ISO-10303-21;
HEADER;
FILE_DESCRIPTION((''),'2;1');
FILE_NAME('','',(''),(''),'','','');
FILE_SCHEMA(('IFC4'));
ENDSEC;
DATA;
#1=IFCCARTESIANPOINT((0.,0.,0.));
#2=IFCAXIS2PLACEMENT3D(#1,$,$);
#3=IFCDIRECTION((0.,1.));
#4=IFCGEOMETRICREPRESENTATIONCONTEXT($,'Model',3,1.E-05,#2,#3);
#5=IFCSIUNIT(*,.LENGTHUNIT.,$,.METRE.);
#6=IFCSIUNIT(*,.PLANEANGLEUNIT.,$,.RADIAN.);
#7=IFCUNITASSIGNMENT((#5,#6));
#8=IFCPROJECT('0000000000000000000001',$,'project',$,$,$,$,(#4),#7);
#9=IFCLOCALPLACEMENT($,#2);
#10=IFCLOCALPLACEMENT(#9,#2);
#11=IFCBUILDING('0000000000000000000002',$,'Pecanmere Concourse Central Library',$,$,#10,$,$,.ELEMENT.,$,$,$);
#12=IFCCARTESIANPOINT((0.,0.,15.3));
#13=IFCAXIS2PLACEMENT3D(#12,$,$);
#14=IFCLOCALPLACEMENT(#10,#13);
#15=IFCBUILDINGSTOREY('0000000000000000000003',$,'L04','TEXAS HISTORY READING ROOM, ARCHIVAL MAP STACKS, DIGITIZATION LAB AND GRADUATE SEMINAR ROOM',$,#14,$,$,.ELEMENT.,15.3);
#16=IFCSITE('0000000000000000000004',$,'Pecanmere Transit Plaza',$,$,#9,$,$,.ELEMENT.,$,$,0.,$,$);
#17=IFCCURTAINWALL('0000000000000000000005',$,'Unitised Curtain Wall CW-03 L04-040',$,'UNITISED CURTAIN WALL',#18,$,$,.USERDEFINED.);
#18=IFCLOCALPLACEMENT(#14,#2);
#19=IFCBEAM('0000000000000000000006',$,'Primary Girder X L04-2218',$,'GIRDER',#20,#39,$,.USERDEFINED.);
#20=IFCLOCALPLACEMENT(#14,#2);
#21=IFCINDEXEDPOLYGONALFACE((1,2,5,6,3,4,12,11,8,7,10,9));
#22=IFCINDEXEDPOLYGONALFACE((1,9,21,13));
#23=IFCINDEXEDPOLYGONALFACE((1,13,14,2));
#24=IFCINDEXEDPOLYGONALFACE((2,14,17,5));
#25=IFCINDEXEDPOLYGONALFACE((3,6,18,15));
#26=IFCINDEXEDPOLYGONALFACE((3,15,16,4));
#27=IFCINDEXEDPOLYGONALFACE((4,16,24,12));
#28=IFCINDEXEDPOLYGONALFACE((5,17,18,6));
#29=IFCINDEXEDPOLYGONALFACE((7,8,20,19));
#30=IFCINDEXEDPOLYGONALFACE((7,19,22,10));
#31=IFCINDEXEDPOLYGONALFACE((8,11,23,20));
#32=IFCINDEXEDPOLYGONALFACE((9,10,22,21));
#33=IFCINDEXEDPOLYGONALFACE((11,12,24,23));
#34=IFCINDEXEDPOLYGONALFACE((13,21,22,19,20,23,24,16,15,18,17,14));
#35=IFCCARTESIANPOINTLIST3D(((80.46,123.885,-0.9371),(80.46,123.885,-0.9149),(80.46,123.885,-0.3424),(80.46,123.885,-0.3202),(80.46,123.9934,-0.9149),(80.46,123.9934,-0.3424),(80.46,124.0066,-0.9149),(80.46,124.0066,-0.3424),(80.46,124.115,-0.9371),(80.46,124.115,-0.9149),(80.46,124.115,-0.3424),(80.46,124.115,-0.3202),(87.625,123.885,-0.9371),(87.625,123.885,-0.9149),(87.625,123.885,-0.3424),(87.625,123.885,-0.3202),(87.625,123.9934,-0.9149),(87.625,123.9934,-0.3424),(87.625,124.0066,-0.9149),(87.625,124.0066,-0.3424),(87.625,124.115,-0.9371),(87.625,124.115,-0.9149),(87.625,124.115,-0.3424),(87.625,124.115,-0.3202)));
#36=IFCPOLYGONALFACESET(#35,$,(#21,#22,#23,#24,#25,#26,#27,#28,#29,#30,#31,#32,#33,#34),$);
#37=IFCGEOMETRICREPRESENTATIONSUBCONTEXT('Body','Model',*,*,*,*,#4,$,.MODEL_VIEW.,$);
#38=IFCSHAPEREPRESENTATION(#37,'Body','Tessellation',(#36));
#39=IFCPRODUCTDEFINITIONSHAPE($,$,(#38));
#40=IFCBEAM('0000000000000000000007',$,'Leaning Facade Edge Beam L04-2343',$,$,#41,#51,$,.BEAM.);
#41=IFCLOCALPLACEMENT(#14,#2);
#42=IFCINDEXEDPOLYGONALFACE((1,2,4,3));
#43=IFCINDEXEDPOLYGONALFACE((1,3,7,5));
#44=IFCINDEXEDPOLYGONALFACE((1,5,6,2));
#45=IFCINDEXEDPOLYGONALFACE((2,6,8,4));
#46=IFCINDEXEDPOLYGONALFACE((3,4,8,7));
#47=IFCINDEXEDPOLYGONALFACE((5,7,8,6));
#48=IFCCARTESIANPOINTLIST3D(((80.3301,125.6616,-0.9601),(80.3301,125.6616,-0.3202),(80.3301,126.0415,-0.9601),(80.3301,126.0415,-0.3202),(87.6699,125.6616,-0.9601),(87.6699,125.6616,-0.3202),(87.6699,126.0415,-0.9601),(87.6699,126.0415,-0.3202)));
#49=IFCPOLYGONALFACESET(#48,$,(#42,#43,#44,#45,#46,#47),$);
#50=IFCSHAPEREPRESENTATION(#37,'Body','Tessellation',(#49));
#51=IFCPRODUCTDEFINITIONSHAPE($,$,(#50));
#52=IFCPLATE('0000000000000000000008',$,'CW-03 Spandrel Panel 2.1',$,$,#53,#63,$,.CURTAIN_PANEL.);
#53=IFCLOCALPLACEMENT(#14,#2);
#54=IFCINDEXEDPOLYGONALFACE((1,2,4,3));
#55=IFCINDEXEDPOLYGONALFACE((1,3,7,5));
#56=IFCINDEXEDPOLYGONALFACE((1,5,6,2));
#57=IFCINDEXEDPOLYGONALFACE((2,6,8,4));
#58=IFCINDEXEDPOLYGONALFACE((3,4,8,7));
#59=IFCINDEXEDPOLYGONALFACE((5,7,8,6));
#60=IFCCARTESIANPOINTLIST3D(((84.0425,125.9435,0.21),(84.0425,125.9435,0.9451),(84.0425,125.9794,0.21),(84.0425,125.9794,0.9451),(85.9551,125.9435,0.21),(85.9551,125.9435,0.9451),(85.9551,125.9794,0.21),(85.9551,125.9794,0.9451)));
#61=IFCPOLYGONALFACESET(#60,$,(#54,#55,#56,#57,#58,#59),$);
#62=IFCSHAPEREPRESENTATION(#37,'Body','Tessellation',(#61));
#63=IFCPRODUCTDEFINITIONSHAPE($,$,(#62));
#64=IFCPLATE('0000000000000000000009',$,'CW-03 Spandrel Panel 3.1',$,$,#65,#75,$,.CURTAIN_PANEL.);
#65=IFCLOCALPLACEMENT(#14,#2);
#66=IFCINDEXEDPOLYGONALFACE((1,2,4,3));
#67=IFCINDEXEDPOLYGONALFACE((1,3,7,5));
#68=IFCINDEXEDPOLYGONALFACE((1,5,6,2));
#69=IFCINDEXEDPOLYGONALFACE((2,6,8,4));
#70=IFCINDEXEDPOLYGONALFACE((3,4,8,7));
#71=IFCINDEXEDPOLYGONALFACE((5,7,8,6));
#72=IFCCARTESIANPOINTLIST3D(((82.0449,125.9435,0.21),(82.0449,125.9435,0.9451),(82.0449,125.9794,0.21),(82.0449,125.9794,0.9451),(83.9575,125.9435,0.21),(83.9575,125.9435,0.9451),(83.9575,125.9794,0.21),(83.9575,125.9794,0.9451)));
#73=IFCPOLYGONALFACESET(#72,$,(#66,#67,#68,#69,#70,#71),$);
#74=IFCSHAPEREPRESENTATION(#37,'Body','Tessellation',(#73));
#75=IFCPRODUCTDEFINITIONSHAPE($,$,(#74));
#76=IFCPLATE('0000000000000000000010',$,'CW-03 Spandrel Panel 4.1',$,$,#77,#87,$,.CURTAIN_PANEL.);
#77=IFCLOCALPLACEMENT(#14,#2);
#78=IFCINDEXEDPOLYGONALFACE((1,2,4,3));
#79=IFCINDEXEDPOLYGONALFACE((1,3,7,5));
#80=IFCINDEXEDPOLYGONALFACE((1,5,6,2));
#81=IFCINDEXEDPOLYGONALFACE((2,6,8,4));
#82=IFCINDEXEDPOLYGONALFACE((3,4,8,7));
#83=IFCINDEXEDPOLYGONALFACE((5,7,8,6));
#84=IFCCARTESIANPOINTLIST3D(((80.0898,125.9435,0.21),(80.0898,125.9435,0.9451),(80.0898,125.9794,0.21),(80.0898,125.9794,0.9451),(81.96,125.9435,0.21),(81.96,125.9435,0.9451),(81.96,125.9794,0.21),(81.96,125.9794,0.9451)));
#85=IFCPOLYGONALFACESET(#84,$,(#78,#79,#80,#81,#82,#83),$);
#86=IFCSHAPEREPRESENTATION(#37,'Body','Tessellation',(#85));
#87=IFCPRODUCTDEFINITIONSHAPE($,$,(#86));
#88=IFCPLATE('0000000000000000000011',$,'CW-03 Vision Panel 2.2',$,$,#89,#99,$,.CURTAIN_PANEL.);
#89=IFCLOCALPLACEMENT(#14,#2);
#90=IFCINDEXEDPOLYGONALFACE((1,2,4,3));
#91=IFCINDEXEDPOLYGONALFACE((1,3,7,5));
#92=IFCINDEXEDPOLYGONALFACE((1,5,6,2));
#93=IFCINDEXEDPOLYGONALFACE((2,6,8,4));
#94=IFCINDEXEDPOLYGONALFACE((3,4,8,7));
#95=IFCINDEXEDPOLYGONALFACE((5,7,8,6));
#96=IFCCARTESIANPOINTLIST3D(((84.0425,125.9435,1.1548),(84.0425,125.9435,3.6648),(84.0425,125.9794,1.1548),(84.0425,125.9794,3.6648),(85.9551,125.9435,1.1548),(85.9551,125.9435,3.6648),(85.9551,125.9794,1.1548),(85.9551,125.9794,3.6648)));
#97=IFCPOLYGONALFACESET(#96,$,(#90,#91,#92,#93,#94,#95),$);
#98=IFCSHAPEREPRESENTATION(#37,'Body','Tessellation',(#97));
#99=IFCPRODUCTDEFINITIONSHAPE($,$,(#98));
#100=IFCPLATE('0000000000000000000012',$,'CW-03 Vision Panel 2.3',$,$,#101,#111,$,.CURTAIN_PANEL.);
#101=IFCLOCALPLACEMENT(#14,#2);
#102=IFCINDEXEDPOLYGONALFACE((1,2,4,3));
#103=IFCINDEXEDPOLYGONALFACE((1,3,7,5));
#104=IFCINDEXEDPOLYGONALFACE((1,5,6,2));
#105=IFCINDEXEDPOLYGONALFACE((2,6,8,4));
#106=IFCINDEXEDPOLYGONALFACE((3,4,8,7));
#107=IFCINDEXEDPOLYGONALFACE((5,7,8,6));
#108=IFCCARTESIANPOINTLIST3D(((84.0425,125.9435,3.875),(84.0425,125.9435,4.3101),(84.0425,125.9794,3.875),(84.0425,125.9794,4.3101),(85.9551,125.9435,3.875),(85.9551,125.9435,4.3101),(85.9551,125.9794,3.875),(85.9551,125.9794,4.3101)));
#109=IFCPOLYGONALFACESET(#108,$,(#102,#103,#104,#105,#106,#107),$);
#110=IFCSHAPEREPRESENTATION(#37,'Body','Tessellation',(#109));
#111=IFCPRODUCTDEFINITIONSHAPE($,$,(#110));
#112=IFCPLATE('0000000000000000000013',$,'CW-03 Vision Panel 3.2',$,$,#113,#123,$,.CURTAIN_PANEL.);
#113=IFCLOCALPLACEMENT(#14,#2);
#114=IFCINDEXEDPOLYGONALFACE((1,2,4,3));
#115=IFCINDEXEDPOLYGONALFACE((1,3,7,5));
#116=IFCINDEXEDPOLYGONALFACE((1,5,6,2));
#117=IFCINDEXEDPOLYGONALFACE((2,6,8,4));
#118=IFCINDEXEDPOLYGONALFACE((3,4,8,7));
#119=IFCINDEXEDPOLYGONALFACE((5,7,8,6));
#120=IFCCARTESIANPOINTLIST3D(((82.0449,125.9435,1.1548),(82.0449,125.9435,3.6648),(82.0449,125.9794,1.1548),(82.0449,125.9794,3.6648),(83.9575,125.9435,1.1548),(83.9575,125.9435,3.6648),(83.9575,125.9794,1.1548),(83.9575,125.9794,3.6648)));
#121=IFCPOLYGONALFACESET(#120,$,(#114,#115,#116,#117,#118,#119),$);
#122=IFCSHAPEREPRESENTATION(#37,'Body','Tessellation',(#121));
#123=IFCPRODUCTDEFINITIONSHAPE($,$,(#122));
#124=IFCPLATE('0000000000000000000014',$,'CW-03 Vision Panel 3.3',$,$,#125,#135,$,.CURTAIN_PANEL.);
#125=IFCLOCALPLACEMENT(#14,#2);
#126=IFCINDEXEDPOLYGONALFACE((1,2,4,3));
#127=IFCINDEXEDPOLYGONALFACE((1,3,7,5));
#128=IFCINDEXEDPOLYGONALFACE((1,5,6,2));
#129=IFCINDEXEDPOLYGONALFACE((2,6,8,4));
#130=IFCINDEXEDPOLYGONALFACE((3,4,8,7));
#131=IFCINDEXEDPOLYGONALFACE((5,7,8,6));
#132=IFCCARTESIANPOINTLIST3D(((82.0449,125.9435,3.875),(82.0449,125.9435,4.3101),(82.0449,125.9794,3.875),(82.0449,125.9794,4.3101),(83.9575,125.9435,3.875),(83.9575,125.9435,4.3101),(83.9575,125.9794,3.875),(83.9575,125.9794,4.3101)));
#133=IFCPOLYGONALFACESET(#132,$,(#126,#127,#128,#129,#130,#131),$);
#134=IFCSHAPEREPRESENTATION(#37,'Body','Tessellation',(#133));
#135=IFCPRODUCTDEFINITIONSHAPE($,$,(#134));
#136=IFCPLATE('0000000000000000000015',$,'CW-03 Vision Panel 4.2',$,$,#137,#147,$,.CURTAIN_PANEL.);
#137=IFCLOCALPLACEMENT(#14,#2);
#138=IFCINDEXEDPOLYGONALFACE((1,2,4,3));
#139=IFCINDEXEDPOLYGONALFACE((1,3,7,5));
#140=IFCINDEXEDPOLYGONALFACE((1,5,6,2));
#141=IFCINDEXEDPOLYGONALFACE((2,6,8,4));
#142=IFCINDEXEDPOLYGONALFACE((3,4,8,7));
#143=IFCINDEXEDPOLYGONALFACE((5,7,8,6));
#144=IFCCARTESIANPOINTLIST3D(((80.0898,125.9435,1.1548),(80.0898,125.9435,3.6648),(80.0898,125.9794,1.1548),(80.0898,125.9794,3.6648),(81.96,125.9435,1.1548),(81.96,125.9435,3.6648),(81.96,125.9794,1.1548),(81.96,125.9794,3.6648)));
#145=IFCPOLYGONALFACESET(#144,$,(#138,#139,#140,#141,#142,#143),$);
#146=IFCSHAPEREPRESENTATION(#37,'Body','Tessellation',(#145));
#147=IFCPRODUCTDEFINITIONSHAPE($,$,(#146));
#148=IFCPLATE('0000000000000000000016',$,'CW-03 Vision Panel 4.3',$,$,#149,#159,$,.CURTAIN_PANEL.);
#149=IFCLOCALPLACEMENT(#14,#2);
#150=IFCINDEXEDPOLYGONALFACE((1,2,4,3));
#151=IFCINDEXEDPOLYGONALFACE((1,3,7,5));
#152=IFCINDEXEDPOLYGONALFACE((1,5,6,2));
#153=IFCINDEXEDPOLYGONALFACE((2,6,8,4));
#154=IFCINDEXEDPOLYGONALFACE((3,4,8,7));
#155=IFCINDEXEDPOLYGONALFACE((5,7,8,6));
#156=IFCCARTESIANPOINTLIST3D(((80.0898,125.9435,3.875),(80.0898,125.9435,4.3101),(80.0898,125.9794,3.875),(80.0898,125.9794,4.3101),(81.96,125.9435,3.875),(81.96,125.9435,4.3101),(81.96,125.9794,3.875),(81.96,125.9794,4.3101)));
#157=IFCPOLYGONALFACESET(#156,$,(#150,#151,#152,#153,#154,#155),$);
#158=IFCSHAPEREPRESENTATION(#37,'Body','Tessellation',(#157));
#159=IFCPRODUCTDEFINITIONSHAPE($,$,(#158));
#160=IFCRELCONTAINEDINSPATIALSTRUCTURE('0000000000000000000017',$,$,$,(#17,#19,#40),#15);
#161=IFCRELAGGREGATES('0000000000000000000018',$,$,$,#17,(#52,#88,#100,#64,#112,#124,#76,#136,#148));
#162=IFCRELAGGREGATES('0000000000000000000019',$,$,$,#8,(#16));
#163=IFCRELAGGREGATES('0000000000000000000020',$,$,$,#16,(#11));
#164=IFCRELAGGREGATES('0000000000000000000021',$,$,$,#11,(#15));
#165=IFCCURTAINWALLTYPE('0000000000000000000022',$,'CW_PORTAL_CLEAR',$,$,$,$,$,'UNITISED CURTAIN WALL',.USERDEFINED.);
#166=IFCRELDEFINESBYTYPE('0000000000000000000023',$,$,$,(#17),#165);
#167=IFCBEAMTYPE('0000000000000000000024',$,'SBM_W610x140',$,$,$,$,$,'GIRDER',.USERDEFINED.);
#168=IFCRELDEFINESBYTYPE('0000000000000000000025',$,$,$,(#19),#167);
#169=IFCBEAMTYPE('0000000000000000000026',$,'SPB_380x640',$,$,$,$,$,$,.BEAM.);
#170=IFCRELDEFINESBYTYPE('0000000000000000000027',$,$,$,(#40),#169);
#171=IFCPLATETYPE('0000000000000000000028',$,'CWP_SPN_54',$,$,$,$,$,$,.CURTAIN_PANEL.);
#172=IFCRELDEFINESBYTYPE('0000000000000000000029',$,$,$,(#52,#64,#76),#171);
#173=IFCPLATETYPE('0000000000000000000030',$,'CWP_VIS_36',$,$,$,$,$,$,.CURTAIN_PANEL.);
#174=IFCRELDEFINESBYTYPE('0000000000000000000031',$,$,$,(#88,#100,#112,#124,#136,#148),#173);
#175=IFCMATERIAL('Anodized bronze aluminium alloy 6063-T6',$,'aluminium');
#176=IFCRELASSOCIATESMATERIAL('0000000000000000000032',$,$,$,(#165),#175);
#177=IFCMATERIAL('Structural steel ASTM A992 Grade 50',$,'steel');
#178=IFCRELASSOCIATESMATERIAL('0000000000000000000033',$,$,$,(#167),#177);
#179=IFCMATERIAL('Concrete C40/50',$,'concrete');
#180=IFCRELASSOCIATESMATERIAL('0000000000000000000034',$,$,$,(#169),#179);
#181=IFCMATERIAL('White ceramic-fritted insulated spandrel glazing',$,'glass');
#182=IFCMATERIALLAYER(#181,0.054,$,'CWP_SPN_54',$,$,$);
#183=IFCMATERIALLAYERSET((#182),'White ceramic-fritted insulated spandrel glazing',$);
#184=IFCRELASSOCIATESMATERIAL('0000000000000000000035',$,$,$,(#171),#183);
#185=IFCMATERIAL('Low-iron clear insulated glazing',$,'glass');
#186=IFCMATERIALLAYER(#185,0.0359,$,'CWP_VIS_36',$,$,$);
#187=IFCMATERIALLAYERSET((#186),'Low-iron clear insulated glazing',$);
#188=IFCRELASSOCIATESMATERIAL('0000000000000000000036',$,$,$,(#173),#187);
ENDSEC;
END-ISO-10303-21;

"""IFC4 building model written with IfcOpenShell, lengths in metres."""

from ifc_helpers import new_model, si_unit, direction, frame, origin, origin_2d, place, context, subcontext, project, spatial, rectangle, i_section, extrude, material, layer, layer_set, material_profile, profile_set, type_object, element, aggregate, save


model = new_model("IFC4")

# Units and contexts
model_context = context("Model", 3, precision=1e-05, world=origin(), true_north=direction((0.0, 1.0)))
body_context = subcontext(model_context, "Body", "Model", "MODEL_VIEW")
ifc_project = project(units=[si_unit("LENGTHUNIT", "METRE"), si_unit("PLANEANGLEUNIT", "RADIAN")], contexts=[model_context])

# Site, building, storey
site_placement = place(None, origin())
site = spatial("IfcSite", under=ifc_project, at=site_placement, Name="Pecanmere Transit Plaza", CompositionType="ELEMENT", RefElevation=0.0)
building_placement = place(site_placement, origin())
building = spatial("IfcBuilding", under=site, at=building_placement, Name="Pecanmere Concourse Central Library", CompositionType="ELEMENT")
storey_placement = place(building_placement, frame((0.0, 0.0, 15.3)))
storey = spatial("IfcBuildingStorey", under=building, at=storey_placement, Name="L04", Description="TEXAS HISTORY READING ROOM, ARCHIVAL MAP STACKS, DIGITIZATION LAB AND GRADUATE SEMINAR ROOM", CompositionType="ELEMENT", Elevation=15.3)

# Curtain wall
ifc_material_1 = material(Name="Anodized bronze aluminium alloy 6063-T6", Category="aluminium")
curtain_wall_type = type_object("IfcCurtainWallType", Name="CW_PORTAL_CLEAR", ElementType="UNITISED CURTAIN WALL", PredefinedType="USERDEFINED", material=ifc_material_1)
curtain_wall_placement = place(storey_placement, origin())
curtain_wall = element("IfcCurtainWall", 1, at=curtain_wall_placement, inside=storey, type_object=curtain_wall_type, Name="Unitised Curtain Wall CW-03 L04-040", ObjectType="UNITISED CURTAIN WALL", PredefinedType="USERDEFINED")

# Beams
ifc_material_2 = material(Name="Structural steel ASTM A992 Grade 50", Category="steel")
ifc_material_profile_1 = material_profile(ifc_material_2, i_section(OverallWidth=0.23, OverallDepth=0.6169, WebThickness=0.0132, FlangeThickness=0.0222, at=origin_2d()), Name="W610x140")
ifc_profile_set_1 = profile_set([ifc_material_profile_1], Name="Structural steel ASTM A992 Grade 50")
beam_type_1 = type_object("IfcBeamType", Name="SBM_W610x140", ElementType="GIRDER", PredefinedType="USERDEFINED", material=ifc_profile_set_1)
beam_1_placement = place(storey_placement, frame((80.46, 124.0, -0.6287), z_axis=(1.0, 0.0, 0.0), x_axis=(0.0, 1.0, 0.0)))
element("IfcBeam", 2, at=beam_1_placement, inside=storey, type_object=beam_type_1, Name="Primary Girder X L04-2218", ObjectType="GIRDER", PredefinedType="USERDEFINED", context=body_context, shape_type="SweptSolid", body=[
    extrude(i_section(OverallWidth=0.23, OverallDepth=0.6169, WebThickness=0.0132, FlangeThickness=0.0222, at=origin_2d()), origin(), (0.0, 0.0, 1.0), 7.165),
])
ifc_material_3 = material(Name="Concrete C40/50", Category="concrete")
ifc_material_profile_2 = material_profile(ifc_material_3, rectangle(XDim=0.3799, YDim=0.6399, at=origin_2d()), Name="RC 380x640")
ifc_profile_set_2 = profile_set([ifc_material_profile_2], Name="Concrete C40/50")
beam_type_2 = type_object("IfcBeamType", Name="SPB_380x640", PredefinedType="BEAM", material=ifc_profile_set_2)
beam_2_placement = place(storey_placement, frame((80.3301, 125.8516, -0.6401), z_axis=(1.0, 0.0, 0.0), x_axis=(0.0, 1.0, 0.0)))
element("IfcBeam", 3, at=beam_2_placement, inside=storey, type_object=beam_type_2, Name="Leaning Facade Edge Beam L04-2343", PredefinedType="BEAM", context=body_context, shape_type="SweptSolid", body=[
    extrude(rectangle(XDim=0.3799, YDim=0.6399, at=origin_2d()), origin(), (0.0, 0.0, 1.0), 7.3398),
])

# Plates
ifc_material_4 = material(Name="White ceramic-fritted insulated spandrel glazing", Category="glass")
ifc_layer_1 = layer(ifc_material_4, 0.054, Name="CWP_SPN_54")
ifc_layer_set_1 = layer_set([ifc_layer_1], Name="White ceramic-fritted insulated spandrel glazing")
plate_type_1 = type_object("IfcPlateType", Name="CWP_SPN_54", PredefinedType="CURTAIN_PANEL", material=ifc_layer_set_1)
plate_1_placement = place(storey_placement, frame((84.9988, 125.9614, 0.21), z_axis=(0.0, 0.0, 1.0), x_axis=(-1.0, 0.0, 0.0)))
plate_1 = element("IfcPlate", 4, at=plate_1_placement, type_object=plate_type_1, Name="CW-03 Spandrel Panel 2.1", PredefinedType="CURTAIN_PANEL", context=body_context, shape_type="SweptSolid", body=[
    extrude(rectangle(XDim=1.9126, YDim=0.0359, at=origin_2d()), origin(), (0.0, 0.0, 1.0), 0.7351),
])
plate_2_placement = place(storey_placement, frame((83.0012, 125.9614, 0.21), z_axis=(0.0, 0.0, 1.0), x_axis=(-1.0, 0.0, 0.0)))
plate_2 = element("IfcPlate", 5, at=plate_2_placement, type_object=plate_type_1, Name="CW-03 Spandrel Panel 3.1", PredefinedType="CURTAIN_PANEL", context=body_context, shape_type="SweptSolid", body=[
    extrude(rectangle(XDim=1.9126, YDim=0.0359, at=origin_2d()), origin(), (0.0, 0.0, 1.0), 0.7351),
])
plate_3_placement = place(storey_placement, frame((81.0249, 125.9614, 0.21), z_axis=(0.0, 0.0, 1.0), x_axis=(-1.0, 0.0, 0.0)))
plate_3 = element("IfcPlate", 6, at=plate_3_placement, type_object=plate_type_1, Name="CW-03 Spandrel Panel 4.1", PredefinedType="CURTAIN_PANEL", context=body_context, shape_type="SweptSolid", body=[
    extrude(rectangle(XDim=1.8701, YDim=0.0359, at=origin_2d()), origin(), (0.0, 0.0, 1.0), 0.7351),
])
ifc_material_5 = material(Name="Low-iron clear insulated glazing", Category="glass")
ifc_layer_2 = layer(ifc_material_5, 0.0359, Name="CWP_VIS_36")
ifc_layer_set_2 = layer_set([ifc_layer_2], Name="Low-iron clear insulated glazing")
plate_type_2 = type_object("IfcPlateType", Name="CWP_VIS_36", PredefinedType="CURTAIN_PANEL", material=ifc_layer_set_2)
plate_4_placement = place(storey_placement, frame((84.9988, 125.9614, 1.1548), z_axis=(0.0, 0.0, 1.0), x_axis=(-1.0, 0.0, 0.0)))
plate_4 = element("IfcPlate", 7, at=plate_4_placement, type_object=plate_type_2, Name="CW-03 Vision Panel 2.2", PredefinedType="CURTAIN_PANEL", context=body_context, shape_type="SweptSolid", body=[
    extrude(rectangle(XDim=1.9126, YDim=0.0359, at=origin_2d()), origin(), (0.0, 0.0, 1.0), 2.51),
])
plate_5_placement = place(storey_placement, frame((84.9988, 125.9614, 3.875), z_axis=(0.0, 0.0, 1.0), x_axis=(-1.0, 0.0, 0.0)))
plate_5 = element("IfcPlate", 8, at=plate_5_placement, type_object=plate_type_2, Name="CW-03 Vision Panel 2.3", PredefinedType="CURTAIN_PANEL", context=body_context, shape_type="SweptSolid", body=[
    extrude(rectangle(XDim=1.9126, YDim=0.0359, at=origin_2d()), origin(), (0.0, 0.0, 1.0), 0.4351),
])
plate_6_placement = place(storey_placement, frame((83.0012, 125.9614, 1.1548), z_axis=(0.0, 0.0, 1.0), x_axis=(-1.0, 0.0, 0.0)))
plate_6 = element("IfcPlate", 9, at=plate_6_placement, type_object=plate_type_2, Name="CW-03 Vision Panel 3.2", PredefinedType="CURTAIN_PANEL", context=body_context, shape_type="SweptSolid", body=[
    extrude(rectangle(XDim=1.9126, YDim=0.0359, at=origin_2d()), origin(), (0.0, 0.0, 1.0), 2.51),
])
plate_7_placement = place(storey_placement, frame((83.0012, 125.9614, 3.875), z_axis=(0.0, 0.0, 1.0), x_axis=(-1.0, 0.0, 0.0)))
plate_7 = element("IfcPlate", 10, at=plate_7_placement, type_object=plate_type_2, Name="CW-03 Vision Panel 3.3", PredefinedType="CURTAIN_PANEL", context=body_context, shape_type="SweptSolid", body=[
    extrude(rectangle(XDim=1.9126, YDim=0.0359, at=origin_2d()), origin(), (0.0, 0.0, 1.0), 0.4351),
])
plate_8_placement = place(storey_placement, frame((81.0249, 125.9614, 1.1548), z_axis=(0.0, 0.0, 1.0), x_axis=(-1.0, 0.0, 0.0)))
plate_8 = element("IfcPlate", 11, at=plate_8_placement, type_object=plate_type_2, Name="CW-03 Vision Panel 4.2", PredefinedType="CURTAIN_PANEL", context=body_context, shape_type="SweptSolid", body=[
    extrude(rectangle(XDim=1.8701, YDim=0.0359, at=origin_2d()), origin(), (0.0, 0.0, 1.0), 2.51),
])
plate_9_placement = place(storey_placement, frame((81.0249, 125.9614, 3.875), z_axis=(0.0, 0.0, 1.0), x_axis=(-1.0, 0.0, 0.0)))
plate_9 = element("IfcPlate", 12, at=plate_9_placement, type_object=plate_type_2, Name="CW-03 Vision Panel 4.3", PredefinedType="CURTAIN_PANEL", context=body_context, shape_type="SweptSolid", body=[
    extrude(rectangle(XDim=1.8701, YDim=0.0359, at=origin_2d()), origin(), (0.0, 0.0, 1.0), 0.4351),
])
aggregate(curtain_wall, [plate_1, plate_4, plate_5, plate_2, plate_6, plate_7, plate_3, plate_8, plate_9])

save(model, "model.ifc")
